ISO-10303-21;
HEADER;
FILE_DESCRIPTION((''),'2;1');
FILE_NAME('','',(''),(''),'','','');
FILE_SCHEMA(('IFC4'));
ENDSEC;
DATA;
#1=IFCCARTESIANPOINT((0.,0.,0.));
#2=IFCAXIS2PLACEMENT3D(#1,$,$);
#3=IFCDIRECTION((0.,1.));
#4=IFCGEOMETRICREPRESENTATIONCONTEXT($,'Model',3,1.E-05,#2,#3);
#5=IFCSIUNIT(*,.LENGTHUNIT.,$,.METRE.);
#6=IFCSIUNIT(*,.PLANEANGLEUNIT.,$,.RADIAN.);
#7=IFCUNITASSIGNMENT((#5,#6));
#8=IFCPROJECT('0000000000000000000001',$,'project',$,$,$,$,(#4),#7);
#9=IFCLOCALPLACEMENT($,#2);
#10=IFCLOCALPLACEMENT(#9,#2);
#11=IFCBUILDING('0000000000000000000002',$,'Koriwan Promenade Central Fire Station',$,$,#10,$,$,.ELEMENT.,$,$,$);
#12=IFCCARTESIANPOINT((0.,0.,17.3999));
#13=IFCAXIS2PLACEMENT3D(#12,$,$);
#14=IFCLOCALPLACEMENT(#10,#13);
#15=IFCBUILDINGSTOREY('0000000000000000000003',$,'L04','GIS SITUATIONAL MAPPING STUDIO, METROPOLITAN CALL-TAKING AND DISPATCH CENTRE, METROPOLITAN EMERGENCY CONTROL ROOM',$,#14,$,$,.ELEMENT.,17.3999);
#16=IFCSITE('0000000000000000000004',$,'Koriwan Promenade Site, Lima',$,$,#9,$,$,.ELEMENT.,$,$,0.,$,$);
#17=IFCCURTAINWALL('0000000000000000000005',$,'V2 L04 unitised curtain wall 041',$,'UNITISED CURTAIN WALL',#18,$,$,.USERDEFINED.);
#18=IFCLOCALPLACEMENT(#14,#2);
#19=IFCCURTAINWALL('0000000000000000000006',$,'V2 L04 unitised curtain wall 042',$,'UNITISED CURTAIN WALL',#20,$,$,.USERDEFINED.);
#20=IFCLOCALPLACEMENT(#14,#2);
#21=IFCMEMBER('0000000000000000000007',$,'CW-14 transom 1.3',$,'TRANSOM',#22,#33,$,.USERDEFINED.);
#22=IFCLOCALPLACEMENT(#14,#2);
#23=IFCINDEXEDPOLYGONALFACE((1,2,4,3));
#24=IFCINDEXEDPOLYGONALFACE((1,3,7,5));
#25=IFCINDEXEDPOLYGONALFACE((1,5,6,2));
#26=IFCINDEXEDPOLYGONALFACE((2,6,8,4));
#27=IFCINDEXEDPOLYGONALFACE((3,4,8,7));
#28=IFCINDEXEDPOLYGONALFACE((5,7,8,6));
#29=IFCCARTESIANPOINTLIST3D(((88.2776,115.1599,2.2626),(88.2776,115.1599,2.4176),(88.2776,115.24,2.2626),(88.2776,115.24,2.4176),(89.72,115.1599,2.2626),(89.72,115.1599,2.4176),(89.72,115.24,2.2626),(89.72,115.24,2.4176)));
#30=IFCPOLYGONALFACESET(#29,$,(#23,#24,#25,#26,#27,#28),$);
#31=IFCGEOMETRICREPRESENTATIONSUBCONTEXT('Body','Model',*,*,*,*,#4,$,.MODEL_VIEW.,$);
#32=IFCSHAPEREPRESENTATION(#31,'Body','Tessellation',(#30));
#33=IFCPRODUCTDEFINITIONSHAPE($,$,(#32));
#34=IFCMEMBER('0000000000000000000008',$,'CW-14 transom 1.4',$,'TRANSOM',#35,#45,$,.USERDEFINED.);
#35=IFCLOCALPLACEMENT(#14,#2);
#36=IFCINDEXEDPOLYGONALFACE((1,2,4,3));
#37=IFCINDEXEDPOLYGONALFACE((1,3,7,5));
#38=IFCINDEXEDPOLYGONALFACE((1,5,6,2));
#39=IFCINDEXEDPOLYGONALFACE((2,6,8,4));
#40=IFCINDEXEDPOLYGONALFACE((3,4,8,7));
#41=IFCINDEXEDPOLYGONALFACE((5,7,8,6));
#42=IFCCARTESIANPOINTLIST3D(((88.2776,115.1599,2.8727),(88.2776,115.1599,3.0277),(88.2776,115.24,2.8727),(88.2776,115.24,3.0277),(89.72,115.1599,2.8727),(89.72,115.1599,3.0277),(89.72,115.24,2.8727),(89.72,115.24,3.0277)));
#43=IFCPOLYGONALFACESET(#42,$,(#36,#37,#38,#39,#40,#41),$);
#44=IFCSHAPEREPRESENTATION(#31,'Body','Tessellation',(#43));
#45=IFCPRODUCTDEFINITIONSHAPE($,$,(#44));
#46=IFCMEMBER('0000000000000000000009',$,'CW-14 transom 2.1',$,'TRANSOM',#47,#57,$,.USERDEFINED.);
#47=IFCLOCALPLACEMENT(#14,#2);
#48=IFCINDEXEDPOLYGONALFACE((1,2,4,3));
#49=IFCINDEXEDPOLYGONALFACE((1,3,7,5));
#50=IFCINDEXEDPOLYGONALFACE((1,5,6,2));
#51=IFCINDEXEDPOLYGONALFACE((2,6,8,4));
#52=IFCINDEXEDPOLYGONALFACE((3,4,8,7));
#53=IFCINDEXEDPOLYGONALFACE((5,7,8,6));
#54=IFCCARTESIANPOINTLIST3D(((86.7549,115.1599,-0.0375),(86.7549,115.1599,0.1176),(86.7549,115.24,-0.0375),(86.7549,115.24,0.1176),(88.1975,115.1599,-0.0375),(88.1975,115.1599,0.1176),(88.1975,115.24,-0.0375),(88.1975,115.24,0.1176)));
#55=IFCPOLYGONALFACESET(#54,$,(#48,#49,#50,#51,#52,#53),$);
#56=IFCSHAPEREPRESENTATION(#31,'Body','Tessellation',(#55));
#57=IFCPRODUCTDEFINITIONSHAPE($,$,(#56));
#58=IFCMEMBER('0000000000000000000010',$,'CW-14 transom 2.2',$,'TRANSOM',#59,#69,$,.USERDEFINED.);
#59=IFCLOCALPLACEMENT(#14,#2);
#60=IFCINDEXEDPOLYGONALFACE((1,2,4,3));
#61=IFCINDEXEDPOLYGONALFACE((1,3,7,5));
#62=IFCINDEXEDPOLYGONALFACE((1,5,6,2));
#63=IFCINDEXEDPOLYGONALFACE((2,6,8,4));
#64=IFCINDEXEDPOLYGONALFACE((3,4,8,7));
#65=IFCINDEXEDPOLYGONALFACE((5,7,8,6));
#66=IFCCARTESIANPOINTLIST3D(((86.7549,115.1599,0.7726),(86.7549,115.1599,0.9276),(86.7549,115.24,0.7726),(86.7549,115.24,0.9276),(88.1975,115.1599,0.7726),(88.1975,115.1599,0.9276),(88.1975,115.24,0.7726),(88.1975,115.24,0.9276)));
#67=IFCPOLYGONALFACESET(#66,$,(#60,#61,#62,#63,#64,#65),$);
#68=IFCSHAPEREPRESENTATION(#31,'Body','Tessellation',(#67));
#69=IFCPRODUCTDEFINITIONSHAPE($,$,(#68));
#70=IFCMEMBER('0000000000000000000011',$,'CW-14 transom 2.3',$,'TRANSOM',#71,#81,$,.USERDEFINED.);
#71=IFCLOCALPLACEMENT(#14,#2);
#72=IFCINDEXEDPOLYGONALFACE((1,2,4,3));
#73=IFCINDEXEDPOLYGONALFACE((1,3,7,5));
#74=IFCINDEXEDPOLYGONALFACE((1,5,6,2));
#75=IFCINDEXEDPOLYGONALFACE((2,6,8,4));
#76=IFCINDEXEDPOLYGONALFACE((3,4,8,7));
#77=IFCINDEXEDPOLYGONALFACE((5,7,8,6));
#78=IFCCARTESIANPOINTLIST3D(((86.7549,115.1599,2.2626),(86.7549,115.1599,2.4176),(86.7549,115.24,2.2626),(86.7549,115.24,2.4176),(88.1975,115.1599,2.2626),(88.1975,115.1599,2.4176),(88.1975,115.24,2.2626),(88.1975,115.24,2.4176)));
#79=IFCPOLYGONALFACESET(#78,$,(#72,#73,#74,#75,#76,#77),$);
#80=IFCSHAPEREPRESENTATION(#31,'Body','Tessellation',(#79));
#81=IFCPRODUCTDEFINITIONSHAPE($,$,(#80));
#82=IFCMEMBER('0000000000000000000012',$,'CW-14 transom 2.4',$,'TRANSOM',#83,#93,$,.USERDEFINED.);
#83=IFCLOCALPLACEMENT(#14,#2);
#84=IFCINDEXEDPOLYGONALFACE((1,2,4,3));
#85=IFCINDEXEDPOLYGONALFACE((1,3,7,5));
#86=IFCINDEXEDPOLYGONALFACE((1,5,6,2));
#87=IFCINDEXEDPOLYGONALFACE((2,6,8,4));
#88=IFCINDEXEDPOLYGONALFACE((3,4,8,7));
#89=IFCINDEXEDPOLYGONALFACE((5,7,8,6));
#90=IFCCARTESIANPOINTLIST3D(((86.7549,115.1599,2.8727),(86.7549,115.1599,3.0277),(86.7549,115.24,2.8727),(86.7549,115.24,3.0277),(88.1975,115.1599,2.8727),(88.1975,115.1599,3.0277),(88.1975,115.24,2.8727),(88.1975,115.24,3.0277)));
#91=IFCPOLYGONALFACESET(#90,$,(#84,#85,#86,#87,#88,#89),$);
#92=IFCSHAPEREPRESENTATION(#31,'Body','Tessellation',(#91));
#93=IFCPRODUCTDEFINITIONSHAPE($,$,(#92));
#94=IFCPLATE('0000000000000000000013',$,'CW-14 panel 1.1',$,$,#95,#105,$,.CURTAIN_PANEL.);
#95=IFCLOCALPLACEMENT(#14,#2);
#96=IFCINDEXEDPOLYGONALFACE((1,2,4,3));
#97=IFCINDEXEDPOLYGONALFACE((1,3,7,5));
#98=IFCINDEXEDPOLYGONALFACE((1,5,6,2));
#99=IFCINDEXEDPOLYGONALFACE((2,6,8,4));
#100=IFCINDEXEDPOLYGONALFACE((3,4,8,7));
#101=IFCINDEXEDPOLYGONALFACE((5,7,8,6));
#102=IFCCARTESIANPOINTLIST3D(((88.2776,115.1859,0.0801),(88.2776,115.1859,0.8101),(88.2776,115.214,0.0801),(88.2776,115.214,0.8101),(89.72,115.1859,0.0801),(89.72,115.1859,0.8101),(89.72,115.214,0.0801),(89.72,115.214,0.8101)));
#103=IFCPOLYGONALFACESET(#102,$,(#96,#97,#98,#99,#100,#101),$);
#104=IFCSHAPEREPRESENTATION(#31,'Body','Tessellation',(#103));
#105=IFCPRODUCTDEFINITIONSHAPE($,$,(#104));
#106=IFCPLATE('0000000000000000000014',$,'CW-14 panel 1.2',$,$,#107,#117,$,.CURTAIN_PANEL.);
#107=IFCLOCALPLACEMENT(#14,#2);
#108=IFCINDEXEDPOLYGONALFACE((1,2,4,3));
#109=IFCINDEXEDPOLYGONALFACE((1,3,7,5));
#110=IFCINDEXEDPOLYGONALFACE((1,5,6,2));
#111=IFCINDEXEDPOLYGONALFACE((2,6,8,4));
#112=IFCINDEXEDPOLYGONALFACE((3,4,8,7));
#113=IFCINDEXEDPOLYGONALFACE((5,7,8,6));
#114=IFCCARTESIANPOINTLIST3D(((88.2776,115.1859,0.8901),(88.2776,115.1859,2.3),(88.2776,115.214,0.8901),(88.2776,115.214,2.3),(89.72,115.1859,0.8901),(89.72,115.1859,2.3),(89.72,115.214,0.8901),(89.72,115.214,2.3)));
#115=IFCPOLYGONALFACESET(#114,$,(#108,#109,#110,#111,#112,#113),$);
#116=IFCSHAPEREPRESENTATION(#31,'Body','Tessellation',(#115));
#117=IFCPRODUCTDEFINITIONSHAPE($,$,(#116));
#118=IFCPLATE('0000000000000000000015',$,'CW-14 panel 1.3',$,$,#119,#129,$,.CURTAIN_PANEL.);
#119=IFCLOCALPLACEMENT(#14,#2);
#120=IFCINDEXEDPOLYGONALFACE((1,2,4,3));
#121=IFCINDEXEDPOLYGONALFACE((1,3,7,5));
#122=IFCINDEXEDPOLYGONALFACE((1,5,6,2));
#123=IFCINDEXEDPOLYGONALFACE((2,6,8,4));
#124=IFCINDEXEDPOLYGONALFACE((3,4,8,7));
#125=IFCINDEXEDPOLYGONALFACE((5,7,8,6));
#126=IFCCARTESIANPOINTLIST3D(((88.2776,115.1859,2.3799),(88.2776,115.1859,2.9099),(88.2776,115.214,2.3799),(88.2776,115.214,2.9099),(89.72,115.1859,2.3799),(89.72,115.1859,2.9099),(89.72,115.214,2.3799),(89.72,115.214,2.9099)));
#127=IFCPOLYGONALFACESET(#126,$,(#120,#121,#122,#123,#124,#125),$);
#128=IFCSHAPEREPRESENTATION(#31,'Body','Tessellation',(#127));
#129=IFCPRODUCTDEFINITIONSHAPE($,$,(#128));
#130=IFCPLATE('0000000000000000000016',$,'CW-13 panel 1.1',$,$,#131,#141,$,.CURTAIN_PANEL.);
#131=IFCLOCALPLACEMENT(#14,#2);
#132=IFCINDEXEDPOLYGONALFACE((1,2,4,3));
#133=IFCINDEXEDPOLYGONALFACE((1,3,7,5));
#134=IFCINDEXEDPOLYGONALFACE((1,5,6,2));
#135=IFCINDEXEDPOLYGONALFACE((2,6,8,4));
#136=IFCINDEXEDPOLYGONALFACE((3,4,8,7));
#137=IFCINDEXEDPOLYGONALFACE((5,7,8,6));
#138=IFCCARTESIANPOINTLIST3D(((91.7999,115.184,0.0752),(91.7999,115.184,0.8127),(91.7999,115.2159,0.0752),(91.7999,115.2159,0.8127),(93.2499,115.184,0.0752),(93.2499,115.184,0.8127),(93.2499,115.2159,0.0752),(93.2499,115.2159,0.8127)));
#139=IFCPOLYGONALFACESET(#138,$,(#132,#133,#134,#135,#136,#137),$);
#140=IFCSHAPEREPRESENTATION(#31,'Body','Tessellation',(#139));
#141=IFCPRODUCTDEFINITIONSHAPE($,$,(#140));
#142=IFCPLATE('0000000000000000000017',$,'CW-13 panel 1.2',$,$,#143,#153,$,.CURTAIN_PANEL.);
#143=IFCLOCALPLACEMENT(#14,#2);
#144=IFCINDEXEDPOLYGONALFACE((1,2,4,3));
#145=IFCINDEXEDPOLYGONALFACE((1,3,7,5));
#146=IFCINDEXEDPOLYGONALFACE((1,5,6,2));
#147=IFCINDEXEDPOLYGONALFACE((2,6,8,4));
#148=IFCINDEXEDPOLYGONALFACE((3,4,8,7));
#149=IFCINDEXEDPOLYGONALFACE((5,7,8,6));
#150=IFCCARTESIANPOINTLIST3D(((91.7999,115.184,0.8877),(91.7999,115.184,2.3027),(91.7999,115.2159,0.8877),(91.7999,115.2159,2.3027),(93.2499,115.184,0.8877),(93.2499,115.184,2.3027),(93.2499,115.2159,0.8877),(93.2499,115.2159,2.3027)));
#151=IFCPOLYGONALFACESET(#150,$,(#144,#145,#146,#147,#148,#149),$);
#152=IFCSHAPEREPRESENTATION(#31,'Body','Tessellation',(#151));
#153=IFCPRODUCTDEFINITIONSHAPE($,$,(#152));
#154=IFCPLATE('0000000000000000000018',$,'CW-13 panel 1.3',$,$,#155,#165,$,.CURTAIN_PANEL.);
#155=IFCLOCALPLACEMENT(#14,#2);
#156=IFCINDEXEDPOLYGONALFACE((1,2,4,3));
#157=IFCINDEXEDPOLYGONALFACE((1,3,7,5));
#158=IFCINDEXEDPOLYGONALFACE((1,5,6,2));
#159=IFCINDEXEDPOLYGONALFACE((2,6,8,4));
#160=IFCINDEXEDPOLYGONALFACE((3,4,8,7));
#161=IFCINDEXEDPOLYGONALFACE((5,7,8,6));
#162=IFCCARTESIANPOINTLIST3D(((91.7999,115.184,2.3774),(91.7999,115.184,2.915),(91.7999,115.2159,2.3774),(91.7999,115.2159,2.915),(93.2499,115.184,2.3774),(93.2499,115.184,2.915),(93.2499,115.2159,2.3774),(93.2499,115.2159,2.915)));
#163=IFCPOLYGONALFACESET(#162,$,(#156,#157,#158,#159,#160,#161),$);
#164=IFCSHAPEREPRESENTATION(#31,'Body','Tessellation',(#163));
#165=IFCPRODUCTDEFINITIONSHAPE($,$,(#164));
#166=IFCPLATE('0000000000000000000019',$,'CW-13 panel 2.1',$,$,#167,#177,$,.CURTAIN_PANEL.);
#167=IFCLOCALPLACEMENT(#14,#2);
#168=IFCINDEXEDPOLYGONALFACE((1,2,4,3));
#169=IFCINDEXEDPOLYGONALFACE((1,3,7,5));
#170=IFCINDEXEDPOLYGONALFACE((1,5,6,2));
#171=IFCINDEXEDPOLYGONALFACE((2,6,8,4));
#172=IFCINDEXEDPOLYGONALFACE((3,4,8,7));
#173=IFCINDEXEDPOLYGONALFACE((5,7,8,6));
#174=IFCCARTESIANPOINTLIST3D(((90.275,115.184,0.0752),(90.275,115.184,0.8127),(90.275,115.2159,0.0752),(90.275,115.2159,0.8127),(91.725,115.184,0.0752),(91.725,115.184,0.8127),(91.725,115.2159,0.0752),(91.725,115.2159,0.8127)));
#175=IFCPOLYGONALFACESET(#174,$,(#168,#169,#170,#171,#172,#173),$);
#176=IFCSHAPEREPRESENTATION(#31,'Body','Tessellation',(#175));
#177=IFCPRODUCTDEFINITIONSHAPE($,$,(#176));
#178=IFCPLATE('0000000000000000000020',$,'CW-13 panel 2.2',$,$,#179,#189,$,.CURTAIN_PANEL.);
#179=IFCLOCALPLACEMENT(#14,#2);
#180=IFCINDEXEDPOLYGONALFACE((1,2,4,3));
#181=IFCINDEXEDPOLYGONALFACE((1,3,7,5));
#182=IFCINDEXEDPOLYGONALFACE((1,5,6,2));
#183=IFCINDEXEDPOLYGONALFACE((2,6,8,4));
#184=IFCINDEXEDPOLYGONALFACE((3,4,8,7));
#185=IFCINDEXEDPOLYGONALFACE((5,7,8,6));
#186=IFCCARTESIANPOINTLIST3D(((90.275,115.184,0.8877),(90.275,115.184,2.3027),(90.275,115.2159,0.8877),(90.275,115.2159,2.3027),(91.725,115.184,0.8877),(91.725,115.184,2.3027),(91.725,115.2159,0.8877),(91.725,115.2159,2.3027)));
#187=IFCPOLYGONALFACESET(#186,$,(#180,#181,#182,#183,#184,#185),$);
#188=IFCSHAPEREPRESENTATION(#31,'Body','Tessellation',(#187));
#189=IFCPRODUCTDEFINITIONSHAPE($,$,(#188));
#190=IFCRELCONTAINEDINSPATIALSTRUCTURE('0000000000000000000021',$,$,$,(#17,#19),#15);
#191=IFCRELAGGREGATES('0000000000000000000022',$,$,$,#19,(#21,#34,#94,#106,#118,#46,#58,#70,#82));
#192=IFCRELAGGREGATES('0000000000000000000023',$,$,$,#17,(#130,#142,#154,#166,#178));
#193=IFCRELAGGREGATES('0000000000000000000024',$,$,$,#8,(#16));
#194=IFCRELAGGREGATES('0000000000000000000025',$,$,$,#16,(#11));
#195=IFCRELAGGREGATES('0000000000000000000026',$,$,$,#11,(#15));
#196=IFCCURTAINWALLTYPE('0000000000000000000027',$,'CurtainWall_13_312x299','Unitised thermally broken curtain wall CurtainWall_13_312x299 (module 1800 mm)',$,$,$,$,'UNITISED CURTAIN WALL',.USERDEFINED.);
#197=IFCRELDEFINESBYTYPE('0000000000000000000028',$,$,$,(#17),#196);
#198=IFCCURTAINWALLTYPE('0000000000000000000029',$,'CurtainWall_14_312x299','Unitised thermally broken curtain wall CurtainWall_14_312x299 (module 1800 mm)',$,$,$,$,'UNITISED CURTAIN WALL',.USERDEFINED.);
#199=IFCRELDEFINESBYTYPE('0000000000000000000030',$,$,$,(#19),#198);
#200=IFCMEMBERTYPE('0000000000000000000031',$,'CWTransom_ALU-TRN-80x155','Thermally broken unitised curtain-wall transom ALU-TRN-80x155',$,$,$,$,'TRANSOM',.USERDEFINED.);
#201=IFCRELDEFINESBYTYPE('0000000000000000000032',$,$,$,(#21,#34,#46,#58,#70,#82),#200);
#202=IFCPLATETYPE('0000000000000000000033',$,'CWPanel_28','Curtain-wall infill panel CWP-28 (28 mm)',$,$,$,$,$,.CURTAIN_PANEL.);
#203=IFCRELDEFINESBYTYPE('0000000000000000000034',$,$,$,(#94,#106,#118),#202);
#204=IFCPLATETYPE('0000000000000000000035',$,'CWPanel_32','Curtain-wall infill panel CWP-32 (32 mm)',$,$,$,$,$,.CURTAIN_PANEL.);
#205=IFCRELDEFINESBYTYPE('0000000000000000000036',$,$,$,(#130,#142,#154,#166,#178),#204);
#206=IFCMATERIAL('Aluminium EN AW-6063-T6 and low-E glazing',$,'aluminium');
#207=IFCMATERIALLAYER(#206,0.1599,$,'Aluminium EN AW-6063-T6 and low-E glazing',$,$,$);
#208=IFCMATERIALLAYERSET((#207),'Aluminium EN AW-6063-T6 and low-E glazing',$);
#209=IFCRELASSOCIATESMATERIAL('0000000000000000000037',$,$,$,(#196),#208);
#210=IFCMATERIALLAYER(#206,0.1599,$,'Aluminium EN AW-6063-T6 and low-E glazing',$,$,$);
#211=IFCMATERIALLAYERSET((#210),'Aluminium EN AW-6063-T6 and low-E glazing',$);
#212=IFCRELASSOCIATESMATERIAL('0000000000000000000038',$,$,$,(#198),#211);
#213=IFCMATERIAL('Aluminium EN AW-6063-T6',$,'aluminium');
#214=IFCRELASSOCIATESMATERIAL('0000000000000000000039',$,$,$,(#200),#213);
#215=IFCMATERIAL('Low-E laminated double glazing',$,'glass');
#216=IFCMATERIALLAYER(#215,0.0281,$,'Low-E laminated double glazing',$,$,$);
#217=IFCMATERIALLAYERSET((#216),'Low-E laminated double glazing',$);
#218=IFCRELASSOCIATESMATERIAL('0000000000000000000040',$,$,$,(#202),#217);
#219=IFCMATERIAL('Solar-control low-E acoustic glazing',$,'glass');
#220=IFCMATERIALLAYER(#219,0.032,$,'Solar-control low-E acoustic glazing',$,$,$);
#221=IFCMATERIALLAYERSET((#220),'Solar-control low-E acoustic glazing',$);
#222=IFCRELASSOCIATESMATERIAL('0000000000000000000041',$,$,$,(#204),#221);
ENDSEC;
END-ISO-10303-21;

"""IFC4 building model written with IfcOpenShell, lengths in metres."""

from ifc_helpers import new_model, si_unit, direction, frame, origin, origin_2d, place, context, subcontext, project, spatial, rectangle, extrude, material, layer, layer_set, material_profile, profile_set, type_object, element, aggregate, save


model = new_model("IFC4")

# Units and contexts
model_context = context("Model", 3, precision=1e-05, world=origin(), true_north=direction((0.0, 1.0)))
body_context = subcontext(model_context, "Body", "Model", "MODEL_VIEW")
ifc_project = project(units=[si_unit("LENGTHUNIT", "METRE"), si_unit("PLANEANGLEUNIT", "RADIAN")], contexts=[model_context])

# Site, building, storey
site_placement = place(None, origin())
site = spatial("IfcSite", under=ifc_project, at=site_placement, Name="Koriwan Promenade Site, Lima", CompositionType="ELEMENT", RefElevation=0.0)
building_placement = place(site_placement, origin())
building = spatial("IfcBuilding", under=site, at=building_placement, Name="Koriwan Promenade Central Fire Station", CompositionType="ELEMENT")
storey_placement = place(building_placement, frame((0.0, 0.0, 17.3999)))
storey = spatial("IfcBuildingStorey", under=building, at=storey_placement, Name="L04", Description="GIS SITUATIONAL MAPPING STUDIO, METROPOLITAN CALL-TAKING AND DISPATCH CENTRE, METROPOLITAN EMERGENCY CONTROL ROOM", CompositionType="ELEMENT", Elevation=17.3999)

# Curtain walls
ifc_material_1 = material(Name="Aluminium EN AW-6063-T6 and low-E glazing", Category="aluminium")
ifc_layer_1 = layer(ifc_material_1, 0.1599, Name="Aluminium EN AW-6063-T6 and low-E glazing")
ifc_layer_set_1 = layer_set([ifc_layer_1], Name="Aluminium EN AW-6063-T6 and low-E glazing")
curtain_wall_type_1 = type_object("IfcCurtainWallType", Name="CurtainWall_13_312x299", Description="Unitised thermally broken curtain wall CurtainWall_13_312x299 (module 1800 mm)", ElementType="UNITISED CURTAIN WALL", PredefinedType="USERDEFINED", material=ifc_layer_set_1)
curtain_wall_1_placement = place(storey_placement, origin())
curtain_wall_1 = element("IfcCurtainWall", 1, at=curtain_wall_1_placement, inside=storey, type_object=curtain_wall_type_1, Name="V2 L04 unitised curtain wall 041", ObjectType="UNITISED CURTAIN WALL", PredefinedType="USERDEFINED")
ifc_material_2 = material(Name="Aluminium EN AW-6063-T6", Category="aluminium")
ifc_layer_2 = layer(ifc_material_1, 0.1599, Name="Aluminium EN AW-6063-T6 and low-E glazing")
ifc_layer_set_2 = layer_set([ifc_layer_2], Name="Aluminium EN AW-6063-T6 and low-E glazing")
curtain_wall_type_2 = type_object("IfcCurtainWallType", Name="CurtainWall_14_312x299", Description="Unitised thermally broken curtain wall CurtainWall_14_312x299 (module 1800 mm)", ElementType="UNITISED CURTAIN WALL", PredefinedType="USERDEFINED", material=ifc_layer_set_2)
curtain_wall_2_placement = place(storey_placement, origin())
curtain_wall_2 = element("IfcCurtainWall", 2, at=curtain_wall_2_placement, inside=storey, type_object=curtain_wall_type_2, Name="V2 L04 unitised curtain wall 042", ObjectType="UNITISED CURTAIN WALL", PredefinedType="USERDEFINED")

# Members
ifc_material_profile_1 = material_profile(ifc_material_2, rectangle(XDim=0.0801, YDim=0.155, at=origin_2d()), Name="ALU-TRN-80x155")
ifc_profile_set_1 = profile_set([ifc_material_profile_1], Name="Aluminium EN AW-6063-T6")
member_type_1 = type_object("IfcMemberType", Name="CWTransom_ALU-TRN-80x155", Description="Thermally broken unitised curtain-wall transom ALU-TRN-80x155", ElementType="TRANSOM", PredefinedType="USERDEFINED", material=ifc_profile_set_1)
member_1_placement = place(storey_placement, frame((89.72, 115.2, 2.3401), z_axis=(-1.0, 0.0, 0.0), x_axis=(0.0, -1.0, 0.0)))
member_1 = element("IfcMember", 3, at=member_1_placement, type_object=member_type_1, Name="CW-14 transom 1.3", ObjectType="TRANSOM", PredefinedType="USERDEFINED", context=body_context, shape_type="SweptSolid", body=[
    extrude(rectangle(XDim=0.0801, YDim=0.155, at=origin_2d()), origin(), (0.0, 0.0, 1.0), 1.4424),
])
member_2_placement = place(storey_placement, frame((89.72, 115.2, 2.9502), z_axis=(-1.0, 0.0, 0.0), x_axis=(0.0, -1.0, 0.0)))
member_2 = element("IfcMember", 4, at=member_2_placement, type_object=member_type_1, Name="CW-14 transom 1.4", ObjectType="TRANSOM", PredefinedType="USERDEFINED", context=body_context, shape_type="SweptSolid", body=[
    extrude(rectangle(XDim=0.0801, YDim=0.155, at=origin_2d()), origin(), (0.0, 0.0, 1.0), 1.4424),
])
member_3_placement = place(storey_placement, frame((88.1975, 115.2, 0.04), z_axis=(-1.0, 0.0, 0.0), x_axis=(0.0, -1.0, 0.0)))
member_3 = element("IfcMember", 5, at=member_3_placement, type_object=member_type_1, Name="CW-14 transom 2.1", ObjectType="TRANSOM", PredefinedType="USERDEFINED", context=body_context, shape_type="SweptSolid", body=[
    extrude(rectangle(XDim=0.0801, YDim=0.155, at=origin_2d()), origin(), (0.0, 0.0, 1.0), 1.4426),
])
member_4_placement = place(storey_placement, frame((88.1975, 115.2, 0.8501), z_axis=(-1.0, 0.0, 0.0), x_axis=(0.0, -1.0, 0.0)))
member_4 = element("IfcMember", 6, at=member_4_placement, type_object=member_type_1, Name="CW-14 transom 2.2", ObjectType="TRANSOM", PredefinedType="USERDEFINED", context=body_context, shape_type="SweptSolid", body=[
    extrude(rectangle(XDim=0.0801, YDim=0.155, at=origin_2d()), origin(), (0.0, 0.0, 1.0), 1.4426),
])
member_5_placement = place(storey_placement, frame((88.1975, 115.2, 2.3401), z_axis=(-1.0, 0.0, 0.0), x_axis=(0.0, -1.0, 0.0)))
member_5 = element("IfcMember", 7, at=member_5_placement, type_object=member_type_1, Name="CW-14 transom 2.3", ObjectType="TRANSOM", PredefinedType="USERDEFINED", context=body_context, shape_type="SweptSolid", body=[
    extrude(rectangle(XDim=0.0801, YDim=0.155, at=origin_2d()), origin(), (0.0, 0.0, 1.0), 1.4426),
])
member_6_placement = place(storey_placement, frame((88.1975, 115.2, 2.9502), z_axis=(-1.0, 0.0, 0.0), x_axis=(0.0, -1.0, 0.0)))
member_6 = element("IfcMember", 8, at=member_6_placement, type_object=member_type_1, Name="CW-14 transom 2.4", ObjectType="TRANSOM", PredefinedType="USERDEFINED", context=body_context, shape_type="SweptSolid", body=[
    extrude(rectangle(XDim=0.0801, YDim=0.155, at=origin_2d()), origin(), (0.0, 0.0, 1.0), 1.4426),
])

# Plates
ifc_material_3 = material(Name="Low-E laminated double glazing", Category="glass")
ifc_layer_3 = layer(ifc_material_3, 0.0281, Name="Low-E laminated double glazing")
ifc_layer_set_3 = layer_set([ifc_layer_3], Name="Low-E laminated double glazing")
plate_type_1 = type_object("IfcPlateType", Name="CWPanel_28", Description="Curtain-wall infill panel CWP-28 (28 mm)", PredefinedType="CURTAIN_PANEL", material=ifc_layer_set_3)
plate_1_placement = place(storey_placement, frame((88.9988, 115.2, 0.0801), z_axis=(0.0, 0.0, 1.0), x_axis=(-1.0, 0.0, 0.0)))
plate_1 = element("IfcPlate", 9, at=plate_1_placement, type_object=plate_type_1, Name="CW-14 panel 1.1", PredefinedType="CURTAIN_PANEL", context=body_context, shape_type="SweptSolid", body=[
    extrude(rectangle(XDim=1.4424, YDim=0.0281, at=origin_2d()), origin(), (0.0, 0.0, 1.0), 0.73),
])
plate_2_placement = place(storey_placement, frame((88.9988, 115.2, 0.8901), z_axis=(0.0, 0.0, 1.0), x_axis=(-1.0, 0.0, 0.0)))
plate_2 = element("IfcPlate", 10, at=plate_2_placement, type_object=plate_type_1, Name="CW-14 panel 1.2", PredefinedType="CURTAIN_PANEL", context=body_context, shape_type="SweptSolid", body=[
    extrude(rectangle(XDim=1.4424, YDim=0.0281, at=origin_2d()), origin(), (0.0, 0.0, 1.0), 1.4099),
])
plate_3_placement = place(storey_placement, frame((88.9988, 115.2, 2.3799), z_axis=(0.0, 0.0, 1.0), x_axis=(-1.0, 0.0, 0.0)))
plate_3 = element("IfcPlate", 11, at=plate_3_placement, type_object=plate_type_1, Name="CW-14 panel 1.3", PredefinedType="CURTAIN_PANEL", context=body_context, shape_type="SweptSolid", body=[
    extrude(rectangle(XDim=1.4424, YDim=0.0281, at=origin_2d()), origin(), (0.0, 0.0, 1.0), 0.53),
])
aggregate(curtain_wall_2, [member_1, member_2, plate_1, plate_2, plate_3, member_3, member_4, member_5, member_6])
ifc_material_4 = material(Name="Solar-control low-E acoustic glazing", Category="glass")
ifc_layer_4 = layer(ifc_material_4, 0.032, Name="Solar-control low-E acoustic glazing")
ifc_layer_set_4 = layer_set([ifc_layer_4], Name="Solar-control low-E acoustic glazing")
plate_type_2 = type_object("IfcPlateType", Name="CWPanel_32", Description="Curtain-wall infill panel CWP-32 (32 mm)", PredefinedType="CURTAIN_PANEL", material=ifc_layer_set_4)
plate_4_placement = place(storey_placement, frame((92.5249, 115.2, 0.0752), z_axis=(0.0, 0.0, 1.0), x_axis=(-1.0, 0.0, 0.0)))
plate_4 = element("IfcPlate", 12, at=plate_4_placement, type_object=plate_type_2, Name="CW-13 panel 1.1", PredefinedType="CURTAIN_PANEL", context=body_context, shape_type="SweptSolid", body=[
    extrude(rectangle(XDim=1.45, YDim=0.032, at=origin_2d()), origin(), (0.0, 0.0, 1.0), 0.7375),
])
plate_5_placement = place(storey_placement, frame((92.5249, 115.2, 0.8877), z_axis=(0.0, 0.0, 1.0), x_axis=(-1.0, 0.0, 0.0)))
plate_5 = element("IfcPlate", 13, at=plate_5_placement, type_object=plate_type_2, Name="CW-13 panel 1.2", PredefinedType="CURTAIN_PANEL", context=body_context, shape_type="SweptSolid", body=[
    extrude(rectangle(XDim=1.45, YDim=0.032, at=origin_2d()), origin(), (0.0, 0.0, 1.0), 1.415),
])
plate_6_placement = place(storey_placement, frame((92.5249, 115.2, 2.3774), z_axis=(0.0, 0.0, 1.0), x_axis=(-1.0, 0.0, 0.0)))
plate_6 = element("IfcPlate", 14, at=plate_6_placement, type_object=plate_type_2, Name="CW-13 panel 1.3", PredefinedType="CURTAIN_PANEL", context=body_context, shape_type="SweptSolid", body=[
    extrude(rectangle(XDim=1.45, YDim=0.032, at=origin_2d()), origin(), (0.0, 0.0, 1.0), 0.5376),
])
plate_7_placement = place(storey_placement, frame((91.0, 115.2, 0.0752), z_axis=(0.0, 0.0, 1.0), x_axis=(-1.0, 0.0, 0.0)))
plate_7 = element("IfcPlate", 15, at=plate_7_placement, type_object=plate_type_2, Name="CW-13 panel 2.1", PredefinedType="CURTAIN_PANEL", context=body_context, shape_type="SweptSolid", body=[
    extrude(rectangle(XDim=1.45, YDim=0.032, at=origin_2d()), origin(), (0.0, 0.0, 1.0), 0.7375),
])
plate_8_placement = place(storey_placement, frame((91.0, 115.2, 0.8877), z_axis=(0.0, 0.0, 1.0), x_axis=(-1.0, 0.0, 0.0)))
plate_8 = element("IfcPlate", 16, at=plate_8_placement, type_object=plate_type_2, Name="CW-13 panel 2.2", PredefinedType="CURTAIN_PANEL", context=body_context, shape_type="SweptSolid", body=[
    extrude(rectangle(XDim=1.45, YDim=0.032, at=origin_2d()), origin(), (0.0, 0.0, 1.0), 1.415),
])
aggregate(curtain_wall_1, [plate_4, plate_5, plate_6, plate_7, plate_8])

save(model, "model.ifc")
